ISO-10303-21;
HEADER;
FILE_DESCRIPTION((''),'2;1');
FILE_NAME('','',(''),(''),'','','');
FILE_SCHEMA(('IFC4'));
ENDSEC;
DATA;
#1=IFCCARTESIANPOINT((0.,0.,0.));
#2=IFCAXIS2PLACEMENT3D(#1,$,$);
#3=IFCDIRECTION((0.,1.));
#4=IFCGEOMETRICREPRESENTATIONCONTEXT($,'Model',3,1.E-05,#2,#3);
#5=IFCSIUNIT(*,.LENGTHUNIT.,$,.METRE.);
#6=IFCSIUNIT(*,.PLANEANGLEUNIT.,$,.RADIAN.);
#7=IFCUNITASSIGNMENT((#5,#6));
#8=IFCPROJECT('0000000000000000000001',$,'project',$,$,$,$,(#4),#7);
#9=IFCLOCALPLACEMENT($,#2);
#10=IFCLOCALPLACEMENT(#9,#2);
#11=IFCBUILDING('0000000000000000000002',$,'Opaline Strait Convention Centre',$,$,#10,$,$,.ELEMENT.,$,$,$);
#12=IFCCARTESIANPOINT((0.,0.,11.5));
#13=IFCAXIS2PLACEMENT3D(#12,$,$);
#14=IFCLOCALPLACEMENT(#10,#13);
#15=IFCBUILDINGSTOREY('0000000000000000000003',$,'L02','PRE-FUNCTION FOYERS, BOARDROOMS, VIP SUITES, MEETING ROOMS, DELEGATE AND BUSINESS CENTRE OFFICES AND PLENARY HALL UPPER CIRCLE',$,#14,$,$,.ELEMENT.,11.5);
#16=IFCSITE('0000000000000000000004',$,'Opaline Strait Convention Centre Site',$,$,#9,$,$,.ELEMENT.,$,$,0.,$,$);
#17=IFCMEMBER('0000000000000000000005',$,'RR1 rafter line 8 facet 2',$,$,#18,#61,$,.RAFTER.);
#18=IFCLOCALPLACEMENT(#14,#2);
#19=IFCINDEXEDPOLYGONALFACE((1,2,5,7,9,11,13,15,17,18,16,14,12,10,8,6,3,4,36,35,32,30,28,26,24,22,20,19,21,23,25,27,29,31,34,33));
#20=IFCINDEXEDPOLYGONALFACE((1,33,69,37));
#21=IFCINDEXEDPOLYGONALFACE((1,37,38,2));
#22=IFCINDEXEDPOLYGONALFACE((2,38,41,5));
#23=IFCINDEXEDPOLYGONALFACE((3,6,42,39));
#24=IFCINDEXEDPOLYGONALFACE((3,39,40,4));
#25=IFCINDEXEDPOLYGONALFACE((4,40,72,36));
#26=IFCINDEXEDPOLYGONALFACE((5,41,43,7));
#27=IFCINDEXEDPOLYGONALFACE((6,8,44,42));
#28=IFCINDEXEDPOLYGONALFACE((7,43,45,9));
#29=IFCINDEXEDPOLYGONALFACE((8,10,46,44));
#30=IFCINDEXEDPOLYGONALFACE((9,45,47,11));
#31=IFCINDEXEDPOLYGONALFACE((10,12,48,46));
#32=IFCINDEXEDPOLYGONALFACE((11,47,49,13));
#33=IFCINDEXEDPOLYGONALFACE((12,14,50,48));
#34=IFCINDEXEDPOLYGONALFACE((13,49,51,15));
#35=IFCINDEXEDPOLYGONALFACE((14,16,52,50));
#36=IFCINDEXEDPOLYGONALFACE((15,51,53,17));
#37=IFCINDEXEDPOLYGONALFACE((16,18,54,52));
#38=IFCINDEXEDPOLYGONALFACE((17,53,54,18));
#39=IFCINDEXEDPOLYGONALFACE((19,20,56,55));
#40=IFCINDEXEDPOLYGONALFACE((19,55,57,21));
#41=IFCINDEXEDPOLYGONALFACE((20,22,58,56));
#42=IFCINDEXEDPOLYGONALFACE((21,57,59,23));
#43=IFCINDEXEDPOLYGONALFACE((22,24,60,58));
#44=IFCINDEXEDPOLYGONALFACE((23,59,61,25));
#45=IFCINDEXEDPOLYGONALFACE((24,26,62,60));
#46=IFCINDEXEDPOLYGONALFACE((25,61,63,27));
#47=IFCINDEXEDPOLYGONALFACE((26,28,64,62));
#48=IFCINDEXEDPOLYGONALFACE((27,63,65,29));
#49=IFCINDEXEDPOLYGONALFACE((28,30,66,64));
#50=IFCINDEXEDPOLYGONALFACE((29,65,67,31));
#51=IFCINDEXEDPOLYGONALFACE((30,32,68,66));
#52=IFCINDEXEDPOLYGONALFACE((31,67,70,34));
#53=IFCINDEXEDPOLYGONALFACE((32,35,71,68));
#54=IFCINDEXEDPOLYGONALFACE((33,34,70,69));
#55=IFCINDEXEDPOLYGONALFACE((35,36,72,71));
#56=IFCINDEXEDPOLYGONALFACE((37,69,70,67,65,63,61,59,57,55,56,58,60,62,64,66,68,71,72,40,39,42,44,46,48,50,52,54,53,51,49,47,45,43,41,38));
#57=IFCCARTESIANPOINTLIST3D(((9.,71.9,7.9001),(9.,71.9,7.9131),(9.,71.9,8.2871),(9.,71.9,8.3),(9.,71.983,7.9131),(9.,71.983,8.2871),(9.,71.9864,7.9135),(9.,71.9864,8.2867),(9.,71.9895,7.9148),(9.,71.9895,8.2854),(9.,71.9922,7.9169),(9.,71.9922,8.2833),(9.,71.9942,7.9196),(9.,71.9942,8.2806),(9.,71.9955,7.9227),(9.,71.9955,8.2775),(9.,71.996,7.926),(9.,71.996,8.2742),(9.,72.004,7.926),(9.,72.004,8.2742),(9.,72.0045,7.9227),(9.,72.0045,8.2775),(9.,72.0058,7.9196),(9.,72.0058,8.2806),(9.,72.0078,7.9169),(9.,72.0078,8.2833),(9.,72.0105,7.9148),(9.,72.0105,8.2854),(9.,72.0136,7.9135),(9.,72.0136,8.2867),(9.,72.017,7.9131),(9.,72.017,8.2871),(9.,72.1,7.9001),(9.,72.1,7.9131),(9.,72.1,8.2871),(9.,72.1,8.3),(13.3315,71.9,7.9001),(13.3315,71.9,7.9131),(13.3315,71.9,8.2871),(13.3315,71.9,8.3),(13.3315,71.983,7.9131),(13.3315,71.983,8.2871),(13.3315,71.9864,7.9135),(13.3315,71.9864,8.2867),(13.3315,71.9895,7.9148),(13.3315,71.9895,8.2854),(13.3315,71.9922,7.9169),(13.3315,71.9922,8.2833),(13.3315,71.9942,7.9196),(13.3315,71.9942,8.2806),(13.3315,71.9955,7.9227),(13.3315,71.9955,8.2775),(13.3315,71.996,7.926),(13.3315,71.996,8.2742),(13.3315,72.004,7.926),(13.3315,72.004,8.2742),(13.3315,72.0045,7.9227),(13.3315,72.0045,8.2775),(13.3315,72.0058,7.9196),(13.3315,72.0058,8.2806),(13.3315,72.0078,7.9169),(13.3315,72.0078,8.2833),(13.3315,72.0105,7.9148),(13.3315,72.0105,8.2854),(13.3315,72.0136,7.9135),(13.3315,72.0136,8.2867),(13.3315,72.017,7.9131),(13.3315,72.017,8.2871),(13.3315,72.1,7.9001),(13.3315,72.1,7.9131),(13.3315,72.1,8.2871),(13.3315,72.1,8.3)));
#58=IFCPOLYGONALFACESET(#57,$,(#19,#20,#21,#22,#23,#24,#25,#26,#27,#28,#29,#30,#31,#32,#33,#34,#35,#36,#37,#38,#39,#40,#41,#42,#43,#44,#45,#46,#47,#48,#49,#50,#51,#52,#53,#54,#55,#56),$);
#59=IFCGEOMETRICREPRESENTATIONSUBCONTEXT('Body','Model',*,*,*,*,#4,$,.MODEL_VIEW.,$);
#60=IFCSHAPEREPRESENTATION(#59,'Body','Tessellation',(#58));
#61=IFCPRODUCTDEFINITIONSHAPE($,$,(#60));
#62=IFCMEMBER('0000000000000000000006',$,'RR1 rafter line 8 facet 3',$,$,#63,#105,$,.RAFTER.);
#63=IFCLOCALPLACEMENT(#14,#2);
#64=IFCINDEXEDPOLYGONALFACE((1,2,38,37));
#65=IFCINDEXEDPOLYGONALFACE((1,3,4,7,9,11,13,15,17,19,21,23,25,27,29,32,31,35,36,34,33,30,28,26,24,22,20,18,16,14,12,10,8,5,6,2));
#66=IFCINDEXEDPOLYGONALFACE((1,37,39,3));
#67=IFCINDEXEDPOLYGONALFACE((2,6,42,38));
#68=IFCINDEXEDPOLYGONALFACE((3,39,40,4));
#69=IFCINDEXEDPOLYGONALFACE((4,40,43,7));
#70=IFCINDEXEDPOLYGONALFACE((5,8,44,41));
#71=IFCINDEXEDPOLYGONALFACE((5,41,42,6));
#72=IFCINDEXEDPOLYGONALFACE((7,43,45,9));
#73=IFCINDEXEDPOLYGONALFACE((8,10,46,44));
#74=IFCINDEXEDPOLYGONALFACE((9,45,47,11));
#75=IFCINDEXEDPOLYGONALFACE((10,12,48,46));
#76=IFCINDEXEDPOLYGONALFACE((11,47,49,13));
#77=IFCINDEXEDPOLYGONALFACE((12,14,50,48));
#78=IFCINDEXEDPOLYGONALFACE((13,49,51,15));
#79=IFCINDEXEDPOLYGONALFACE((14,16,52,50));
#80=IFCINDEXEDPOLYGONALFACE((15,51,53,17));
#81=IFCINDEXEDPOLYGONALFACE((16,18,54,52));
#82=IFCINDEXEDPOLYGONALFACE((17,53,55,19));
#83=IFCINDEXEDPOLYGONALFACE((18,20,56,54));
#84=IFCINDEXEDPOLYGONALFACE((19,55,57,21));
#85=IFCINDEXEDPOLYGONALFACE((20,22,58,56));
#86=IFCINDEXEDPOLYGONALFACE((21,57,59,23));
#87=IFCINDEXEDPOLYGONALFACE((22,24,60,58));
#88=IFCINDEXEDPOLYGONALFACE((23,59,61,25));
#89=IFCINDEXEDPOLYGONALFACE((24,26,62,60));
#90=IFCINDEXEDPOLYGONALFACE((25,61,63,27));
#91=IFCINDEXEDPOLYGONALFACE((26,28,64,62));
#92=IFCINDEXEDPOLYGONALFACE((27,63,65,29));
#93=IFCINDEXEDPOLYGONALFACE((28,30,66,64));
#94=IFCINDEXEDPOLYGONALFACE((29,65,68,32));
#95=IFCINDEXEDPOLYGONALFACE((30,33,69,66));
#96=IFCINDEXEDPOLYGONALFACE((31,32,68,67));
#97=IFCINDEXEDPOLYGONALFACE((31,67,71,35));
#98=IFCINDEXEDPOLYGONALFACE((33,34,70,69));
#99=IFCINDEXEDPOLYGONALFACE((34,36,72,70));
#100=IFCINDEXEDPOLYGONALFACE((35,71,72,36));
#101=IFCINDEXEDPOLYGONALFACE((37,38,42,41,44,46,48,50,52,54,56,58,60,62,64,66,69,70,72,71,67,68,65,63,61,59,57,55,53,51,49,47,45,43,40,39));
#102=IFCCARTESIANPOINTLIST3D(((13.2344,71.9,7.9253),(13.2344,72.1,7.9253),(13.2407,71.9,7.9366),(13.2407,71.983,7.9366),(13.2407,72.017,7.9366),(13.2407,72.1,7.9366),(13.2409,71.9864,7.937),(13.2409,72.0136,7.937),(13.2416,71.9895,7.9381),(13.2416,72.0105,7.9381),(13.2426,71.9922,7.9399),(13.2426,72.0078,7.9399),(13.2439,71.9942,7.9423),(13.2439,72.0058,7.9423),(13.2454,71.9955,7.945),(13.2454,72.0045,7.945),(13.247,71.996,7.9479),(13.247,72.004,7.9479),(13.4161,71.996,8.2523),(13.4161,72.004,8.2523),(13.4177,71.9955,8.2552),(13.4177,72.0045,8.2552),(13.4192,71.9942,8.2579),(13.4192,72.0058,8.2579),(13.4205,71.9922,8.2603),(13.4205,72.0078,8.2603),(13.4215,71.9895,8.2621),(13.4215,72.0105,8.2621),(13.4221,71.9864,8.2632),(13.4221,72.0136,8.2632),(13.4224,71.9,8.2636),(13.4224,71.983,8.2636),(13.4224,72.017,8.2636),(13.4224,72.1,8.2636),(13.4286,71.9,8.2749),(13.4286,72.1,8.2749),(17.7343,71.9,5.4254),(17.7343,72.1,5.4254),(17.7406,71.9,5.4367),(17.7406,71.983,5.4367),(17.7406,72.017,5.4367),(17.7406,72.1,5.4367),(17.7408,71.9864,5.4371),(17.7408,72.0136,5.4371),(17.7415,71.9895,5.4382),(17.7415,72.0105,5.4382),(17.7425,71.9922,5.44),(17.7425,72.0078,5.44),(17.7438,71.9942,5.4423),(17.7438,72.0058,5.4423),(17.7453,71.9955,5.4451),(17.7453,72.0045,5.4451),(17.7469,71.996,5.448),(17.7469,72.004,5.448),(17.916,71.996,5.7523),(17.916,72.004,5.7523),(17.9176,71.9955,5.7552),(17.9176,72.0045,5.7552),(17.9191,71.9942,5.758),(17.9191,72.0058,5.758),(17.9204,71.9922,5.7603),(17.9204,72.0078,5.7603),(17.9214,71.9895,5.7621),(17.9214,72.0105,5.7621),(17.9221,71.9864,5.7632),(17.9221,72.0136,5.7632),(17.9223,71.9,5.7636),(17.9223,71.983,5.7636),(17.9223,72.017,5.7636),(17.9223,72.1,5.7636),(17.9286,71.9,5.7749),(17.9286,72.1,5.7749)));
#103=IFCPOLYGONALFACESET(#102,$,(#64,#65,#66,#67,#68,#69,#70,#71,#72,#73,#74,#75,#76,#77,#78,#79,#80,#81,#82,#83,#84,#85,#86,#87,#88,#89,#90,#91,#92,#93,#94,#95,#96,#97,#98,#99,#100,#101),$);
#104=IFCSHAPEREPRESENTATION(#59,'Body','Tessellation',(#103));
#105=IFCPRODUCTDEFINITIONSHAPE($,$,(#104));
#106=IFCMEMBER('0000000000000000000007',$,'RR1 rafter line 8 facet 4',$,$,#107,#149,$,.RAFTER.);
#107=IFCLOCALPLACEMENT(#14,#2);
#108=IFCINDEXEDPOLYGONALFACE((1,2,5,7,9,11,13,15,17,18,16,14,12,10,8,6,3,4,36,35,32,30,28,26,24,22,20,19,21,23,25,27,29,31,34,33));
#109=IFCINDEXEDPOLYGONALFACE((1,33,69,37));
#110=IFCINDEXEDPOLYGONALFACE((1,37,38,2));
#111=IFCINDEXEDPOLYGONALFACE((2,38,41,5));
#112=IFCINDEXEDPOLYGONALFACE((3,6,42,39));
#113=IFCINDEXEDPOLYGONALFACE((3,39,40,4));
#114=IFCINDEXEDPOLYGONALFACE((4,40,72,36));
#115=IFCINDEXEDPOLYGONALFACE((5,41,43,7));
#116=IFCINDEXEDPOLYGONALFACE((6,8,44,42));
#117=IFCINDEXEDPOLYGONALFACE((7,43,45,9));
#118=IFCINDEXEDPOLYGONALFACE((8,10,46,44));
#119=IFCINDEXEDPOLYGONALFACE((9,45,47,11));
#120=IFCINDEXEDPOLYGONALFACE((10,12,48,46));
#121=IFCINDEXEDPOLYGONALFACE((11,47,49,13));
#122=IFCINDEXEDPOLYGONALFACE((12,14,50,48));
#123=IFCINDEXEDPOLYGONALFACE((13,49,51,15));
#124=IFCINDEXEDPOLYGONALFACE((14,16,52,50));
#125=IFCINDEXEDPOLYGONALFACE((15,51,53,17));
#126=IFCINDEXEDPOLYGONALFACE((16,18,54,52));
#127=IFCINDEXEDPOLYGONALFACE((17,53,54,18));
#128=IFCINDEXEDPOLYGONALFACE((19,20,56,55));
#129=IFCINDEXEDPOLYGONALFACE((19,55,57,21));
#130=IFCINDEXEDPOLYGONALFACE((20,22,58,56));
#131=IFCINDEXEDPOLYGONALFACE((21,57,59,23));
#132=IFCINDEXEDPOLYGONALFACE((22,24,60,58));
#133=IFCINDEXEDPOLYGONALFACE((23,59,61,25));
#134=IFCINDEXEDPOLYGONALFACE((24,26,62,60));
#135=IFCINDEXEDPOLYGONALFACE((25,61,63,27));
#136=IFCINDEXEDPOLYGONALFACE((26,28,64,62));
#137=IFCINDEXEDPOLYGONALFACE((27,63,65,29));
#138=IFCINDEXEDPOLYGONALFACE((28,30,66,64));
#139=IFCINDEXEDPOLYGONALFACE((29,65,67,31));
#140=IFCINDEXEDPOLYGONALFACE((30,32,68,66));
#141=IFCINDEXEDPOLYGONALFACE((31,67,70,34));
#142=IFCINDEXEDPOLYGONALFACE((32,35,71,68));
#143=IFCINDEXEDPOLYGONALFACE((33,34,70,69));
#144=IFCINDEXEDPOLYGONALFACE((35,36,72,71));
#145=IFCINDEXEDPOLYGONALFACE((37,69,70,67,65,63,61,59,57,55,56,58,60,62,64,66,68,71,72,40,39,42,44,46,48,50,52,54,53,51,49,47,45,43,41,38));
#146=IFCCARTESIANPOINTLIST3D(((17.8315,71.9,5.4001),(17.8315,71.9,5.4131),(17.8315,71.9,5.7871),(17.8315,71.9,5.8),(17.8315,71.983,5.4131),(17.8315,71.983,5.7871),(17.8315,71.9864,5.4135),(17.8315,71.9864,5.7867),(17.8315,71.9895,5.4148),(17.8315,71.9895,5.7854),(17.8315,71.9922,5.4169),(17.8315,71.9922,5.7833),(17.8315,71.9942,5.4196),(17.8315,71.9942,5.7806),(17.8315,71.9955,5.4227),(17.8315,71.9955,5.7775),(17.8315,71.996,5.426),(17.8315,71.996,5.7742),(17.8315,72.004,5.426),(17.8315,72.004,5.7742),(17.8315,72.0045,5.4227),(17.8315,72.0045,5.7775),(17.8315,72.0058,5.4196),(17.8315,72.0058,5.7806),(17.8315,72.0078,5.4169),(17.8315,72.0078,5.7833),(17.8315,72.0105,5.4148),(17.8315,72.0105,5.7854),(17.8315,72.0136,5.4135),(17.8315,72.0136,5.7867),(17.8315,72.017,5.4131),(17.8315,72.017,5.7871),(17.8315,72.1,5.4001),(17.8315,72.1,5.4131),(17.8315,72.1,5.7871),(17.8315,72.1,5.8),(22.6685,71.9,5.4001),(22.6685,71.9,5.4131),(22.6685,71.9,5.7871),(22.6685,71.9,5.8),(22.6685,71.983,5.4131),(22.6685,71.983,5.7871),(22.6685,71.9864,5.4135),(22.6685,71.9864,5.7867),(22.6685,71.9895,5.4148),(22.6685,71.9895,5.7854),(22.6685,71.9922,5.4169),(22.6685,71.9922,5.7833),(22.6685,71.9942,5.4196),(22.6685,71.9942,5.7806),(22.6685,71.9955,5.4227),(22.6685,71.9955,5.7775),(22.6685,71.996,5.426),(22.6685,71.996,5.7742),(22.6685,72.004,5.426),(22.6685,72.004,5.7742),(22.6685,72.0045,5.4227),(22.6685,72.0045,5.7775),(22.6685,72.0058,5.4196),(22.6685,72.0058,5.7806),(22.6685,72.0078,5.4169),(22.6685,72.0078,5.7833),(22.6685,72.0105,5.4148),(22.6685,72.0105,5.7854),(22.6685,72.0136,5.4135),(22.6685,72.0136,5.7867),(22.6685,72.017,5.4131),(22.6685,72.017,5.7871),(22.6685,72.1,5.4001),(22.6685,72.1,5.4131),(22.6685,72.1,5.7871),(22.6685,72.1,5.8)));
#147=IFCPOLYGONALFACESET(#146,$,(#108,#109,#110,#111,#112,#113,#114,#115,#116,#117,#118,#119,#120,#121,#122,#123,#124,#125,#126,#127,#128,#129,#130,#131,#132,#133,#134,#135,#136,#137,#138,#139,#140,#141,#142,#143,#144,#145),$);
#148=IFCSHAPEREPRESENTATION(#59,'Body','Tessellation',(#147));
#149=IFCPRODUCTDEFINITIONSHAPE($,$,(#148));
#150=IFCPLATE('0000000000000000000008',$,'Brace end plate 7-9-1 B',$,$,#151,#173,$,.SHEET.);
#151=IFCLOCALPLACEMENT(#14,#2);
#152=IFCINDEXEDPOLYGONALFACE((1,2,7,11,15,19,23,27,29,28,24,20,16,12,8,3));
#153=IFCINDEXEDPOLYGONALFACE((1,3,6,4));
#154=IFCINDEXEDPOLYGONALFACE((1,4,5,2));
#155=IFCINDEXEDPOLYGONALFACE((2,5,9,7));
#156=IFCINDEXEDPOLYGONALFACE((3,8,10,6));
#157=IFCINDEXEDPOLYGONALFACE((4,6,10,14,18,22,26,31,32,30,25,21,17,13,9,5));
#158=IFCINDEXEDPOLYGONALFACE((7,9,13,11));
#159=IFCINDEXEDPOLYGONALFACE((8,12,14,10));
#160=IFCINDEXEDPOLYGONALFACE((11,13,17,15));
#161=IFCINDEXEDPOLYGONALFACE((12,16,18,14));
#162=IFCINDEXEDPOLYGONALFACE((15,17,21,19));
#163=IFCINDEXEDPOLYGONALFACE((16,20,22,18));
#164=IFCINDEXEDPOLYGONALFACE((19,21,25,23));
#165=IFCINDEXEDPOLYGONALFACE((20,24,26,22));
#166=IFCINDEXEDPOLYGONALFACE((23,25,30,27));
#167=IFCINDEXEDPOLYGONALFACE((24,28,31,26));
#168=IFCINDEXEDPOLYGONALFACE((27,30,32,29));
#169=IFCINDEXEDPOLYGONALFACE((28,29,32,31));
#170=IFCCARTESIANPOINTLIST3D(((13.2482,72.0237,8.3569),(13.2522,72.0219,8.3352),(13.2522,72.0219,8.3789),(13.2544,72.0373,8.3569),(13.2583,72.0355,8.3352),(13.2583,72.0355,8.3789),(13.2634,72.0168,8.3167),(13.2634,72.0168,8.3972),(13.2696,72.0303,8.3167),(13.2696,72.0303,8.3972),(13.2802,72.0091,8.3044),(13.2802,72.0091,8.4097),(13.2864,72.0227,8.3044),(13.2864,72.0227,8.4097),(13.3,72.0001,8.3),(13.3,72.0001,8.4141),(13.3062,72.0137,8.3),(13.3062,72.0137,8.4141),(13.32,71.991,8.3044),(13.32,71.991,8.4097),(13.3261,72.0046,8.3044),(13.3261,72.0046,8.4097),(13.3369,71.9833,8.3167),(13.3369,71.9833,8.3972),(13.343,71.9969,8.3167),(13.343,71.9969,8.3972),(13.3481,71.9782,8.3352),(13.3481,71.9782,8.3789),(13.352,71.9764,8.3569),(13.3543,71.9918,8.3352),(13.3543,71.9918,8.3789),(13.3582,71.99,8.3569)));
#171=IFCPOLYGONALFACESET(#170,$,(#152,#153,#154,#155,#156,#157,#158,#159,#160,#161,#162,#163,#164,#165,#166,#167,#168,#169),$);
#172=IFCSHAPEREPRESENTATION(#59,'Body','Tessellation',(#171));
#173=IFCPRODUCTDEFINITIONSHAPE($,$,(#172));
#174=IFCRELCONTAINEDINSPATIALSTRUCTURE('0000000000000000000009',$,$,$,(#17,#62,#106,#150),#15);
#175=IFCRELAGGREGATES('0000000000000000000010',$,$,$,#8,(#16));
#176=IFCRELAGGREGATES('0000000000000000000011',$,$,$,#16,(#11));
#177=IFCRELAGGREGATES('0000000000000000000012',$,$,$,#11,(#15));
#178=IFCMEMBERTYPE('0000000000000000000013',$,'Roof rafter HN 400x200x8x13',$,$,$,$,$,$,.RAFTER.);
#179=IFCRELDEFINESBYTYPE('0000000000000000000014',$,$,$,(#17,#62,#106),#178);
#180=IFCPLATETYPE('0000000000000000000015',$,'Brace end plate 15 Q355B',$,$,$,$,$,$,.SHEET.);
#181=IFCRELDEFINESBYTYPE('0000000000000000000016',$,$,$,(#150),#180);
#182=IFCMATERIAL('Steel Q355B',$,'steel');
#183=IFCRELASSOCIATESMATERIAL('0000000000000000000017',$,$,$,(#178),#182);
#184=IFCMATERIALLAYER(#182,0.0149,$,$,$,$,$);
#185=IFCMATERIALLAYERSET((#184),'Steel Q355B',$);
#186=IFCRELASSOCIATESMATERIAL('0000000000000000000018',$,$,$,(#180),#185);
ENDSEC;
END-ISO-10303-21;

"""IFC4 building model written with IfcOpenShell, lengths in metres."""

from ifc_helpers import new_model, si_unit, direction, frame, origin, origin_2d, place, context, subcontext, project, spatial, polyline, i_section, outline, extrude, material, layer, layer_set, material_profile, profile_set, type_object, element, save


model = new_model("IFC4")

# Units and contexts
model_context = context("Model", 3, precision=1e-05, world=origin(), true_north=direction((0.0, 1.0)))
body_context = subcontext(model_context, "Body", "Model", "MODEL_VIEW")
ifc_project = project(units=[si_unit("LENGTHUNIT", "METRE"), si_unit("PLANEANGLEUNIT", "RADIAN")], contexts=[model_context])

# Site, building, storey
site_placement = place(None, origin())
site = spatial("IfcSite", under=ifc_project, at=site_placement, Name="Opaline Strait Convention Centre Site", CompositionType="ELEMENT", RefElevation=0.0)
building_placement = place(site_placement, origin())
building = spatial("IfcBuilding", under=site, at=building_placement, Name="Opaline Strait Convention Centre", CompositionType="ELEMENT")
storey_placement = place(building_placement, frame((0.0, 0.0, 11.5)))
storey = spatial("IfcBuildingStorey", under=building, at=storey_placement, Name="L02", Description="PRE-FUNCTION FOYERS, BOARDROOMS, VIP SUITES, MEETING ROOMS, DELEGATE AND BUSINESS CENTRE OFFICES AND PLENARY HALL UPPER CIRCLE", CompositionType="ELEMENT", Elevation=11.5)

# Shared definitions
ifc_material_1 = material(Name="Steel Q355B", Category="steel")

# Members
ifc_material_profile_1 = material_profile(ifc_material_1, i_section(OverallWidth=0.2, OverallDepth=0.3999, WebThickness=0.0081, FlangeThickness=0.0129, FilletRadius=0.0129, at=origin_2d()), Name="HN 400x200x8x13")
ifc_profile_set_1 = profile_set([ifc_material_profile_1], Name="Steel Q355B")
member_type_1 = type_object("IfcMemberType", Name="Roof rafter HN 400x200x8x13", PredefinedType="RAFTER", material=ifc_profile_set_1)
member_1_placement = place(storey_placement, frame((9.0, 72.0, 8.1001), z_axis=(1.0, 0.0, 0.0), x_axis=(0.0, 1.0, 0.0)))
element("IfcMember", 1, at=member_1_placement, inside=storey, type_object=member_type_1, Name="RR1 rafter line 8 facet 2", PredefinedType="RAFTER", context=body_context, shape_type="SweptSolid", body=[
    extrude(i_section(OverallWidth=0.2, OverallDepth=0.3999, WebThickness=0.0081, FlangeThickness=0.0129, FilletRadius=0.0129, at=origin_2d()), origin(), (0.0, 0.0, 1.0), 4.3315),
])
member_2_placement = place(storey_placement, frame((13.3315, 72.0, 8.1001), z_axis=(0.874157, 0.0, -0.485643), x_axis=(0.0, 1.0, 0.0)))
element("IfcMember", 2, at=member_2_placement, inside=storey, type_object=member_type_1, Name="RR1 rafter line 8 facet 3", PredefinedType="RAFTER", context=body_context, shape_type="SweptSolid", body=[
    extrude(i_section(OverallWidth=0.2, OverallDepth=0.3999, WebThickness=0.0081, FlangeThickness=0.0129, FilletRadius=0.0129, at=origin_2d()), origin(), (0.0, 0.0, 1.0), 5.1477),
])
member_3_placement = place(storey_placement, frame((17.8315, 72.0, 5.6001), z_axis=(1.0, 0.0, 0.0), x_axis=(0.0, 1.0, 0.0)))
element("IfcMember", 3, at=member_3_placement, inside=storey, type_object=member_type_1, Name="RR1 rafter line 8 facet 4", PredefinedType="RAFTER", context=body_context, shape_type="SweptSolid", body=[
    extrude(i_section(OverallWidth=0.2, OverallDepth=0.3999, WebThickness=0.0081, FlangeThickness=0.0129, FilletRadius=0.0129, at=origin_2d()), origin(), (0.0, 0.0, 1.0), 4.8369),
])

# Plate
ifc_layer_1 = layer(ifc_material_1, 0.0149)
ifc_layer_set_1 = layer_set([ifc_layer_1], Name="Steel Q355B")
plate_type = type_object("IfcPlateType", Name="Brace end plate 15 Q355B", PredefinedType="SHEET", material=ifc_layer_set_1)
plate_1_placement = place(storey_placement, frame((13.3582, 71.99, 8.3569), z_axis=(0.414547, 0.910028, 0.0), x_axis=(-0.175212, 0.079815, -0.98129)))
element("IfcPlate", 4, at=plate_1_placement, inside=storey, type_object=plate_type, Name="Brace end plate 7-9-1 B", PredefinedType="SHEET", context=body_context, shape_type="SweptSolid", body=[
    extrude(outline(polyline([(0.0, 0.0), (0.0221, 0.0), (0.0427, 0.0085), (0.0583, 0.0244), (0.0668, 0.0451), (0.0667, 0.0673), (0.0583, 0.0878), (0.0424, 0.1035), (0.022, 0.1119), (-0.0004, 0.1119), (-0.0208, 0.1033), (-0.0366, 0.0876), (-0.0451, 0.0671), (-0.045, 0.0447), (-0.0363, 0.0241), (-0.0207, 0.0084), (0.0, 0.0)])), origin(), (0.0, 0.0, -1.0), 0.0149),
])

save(model, "model.ifc")
